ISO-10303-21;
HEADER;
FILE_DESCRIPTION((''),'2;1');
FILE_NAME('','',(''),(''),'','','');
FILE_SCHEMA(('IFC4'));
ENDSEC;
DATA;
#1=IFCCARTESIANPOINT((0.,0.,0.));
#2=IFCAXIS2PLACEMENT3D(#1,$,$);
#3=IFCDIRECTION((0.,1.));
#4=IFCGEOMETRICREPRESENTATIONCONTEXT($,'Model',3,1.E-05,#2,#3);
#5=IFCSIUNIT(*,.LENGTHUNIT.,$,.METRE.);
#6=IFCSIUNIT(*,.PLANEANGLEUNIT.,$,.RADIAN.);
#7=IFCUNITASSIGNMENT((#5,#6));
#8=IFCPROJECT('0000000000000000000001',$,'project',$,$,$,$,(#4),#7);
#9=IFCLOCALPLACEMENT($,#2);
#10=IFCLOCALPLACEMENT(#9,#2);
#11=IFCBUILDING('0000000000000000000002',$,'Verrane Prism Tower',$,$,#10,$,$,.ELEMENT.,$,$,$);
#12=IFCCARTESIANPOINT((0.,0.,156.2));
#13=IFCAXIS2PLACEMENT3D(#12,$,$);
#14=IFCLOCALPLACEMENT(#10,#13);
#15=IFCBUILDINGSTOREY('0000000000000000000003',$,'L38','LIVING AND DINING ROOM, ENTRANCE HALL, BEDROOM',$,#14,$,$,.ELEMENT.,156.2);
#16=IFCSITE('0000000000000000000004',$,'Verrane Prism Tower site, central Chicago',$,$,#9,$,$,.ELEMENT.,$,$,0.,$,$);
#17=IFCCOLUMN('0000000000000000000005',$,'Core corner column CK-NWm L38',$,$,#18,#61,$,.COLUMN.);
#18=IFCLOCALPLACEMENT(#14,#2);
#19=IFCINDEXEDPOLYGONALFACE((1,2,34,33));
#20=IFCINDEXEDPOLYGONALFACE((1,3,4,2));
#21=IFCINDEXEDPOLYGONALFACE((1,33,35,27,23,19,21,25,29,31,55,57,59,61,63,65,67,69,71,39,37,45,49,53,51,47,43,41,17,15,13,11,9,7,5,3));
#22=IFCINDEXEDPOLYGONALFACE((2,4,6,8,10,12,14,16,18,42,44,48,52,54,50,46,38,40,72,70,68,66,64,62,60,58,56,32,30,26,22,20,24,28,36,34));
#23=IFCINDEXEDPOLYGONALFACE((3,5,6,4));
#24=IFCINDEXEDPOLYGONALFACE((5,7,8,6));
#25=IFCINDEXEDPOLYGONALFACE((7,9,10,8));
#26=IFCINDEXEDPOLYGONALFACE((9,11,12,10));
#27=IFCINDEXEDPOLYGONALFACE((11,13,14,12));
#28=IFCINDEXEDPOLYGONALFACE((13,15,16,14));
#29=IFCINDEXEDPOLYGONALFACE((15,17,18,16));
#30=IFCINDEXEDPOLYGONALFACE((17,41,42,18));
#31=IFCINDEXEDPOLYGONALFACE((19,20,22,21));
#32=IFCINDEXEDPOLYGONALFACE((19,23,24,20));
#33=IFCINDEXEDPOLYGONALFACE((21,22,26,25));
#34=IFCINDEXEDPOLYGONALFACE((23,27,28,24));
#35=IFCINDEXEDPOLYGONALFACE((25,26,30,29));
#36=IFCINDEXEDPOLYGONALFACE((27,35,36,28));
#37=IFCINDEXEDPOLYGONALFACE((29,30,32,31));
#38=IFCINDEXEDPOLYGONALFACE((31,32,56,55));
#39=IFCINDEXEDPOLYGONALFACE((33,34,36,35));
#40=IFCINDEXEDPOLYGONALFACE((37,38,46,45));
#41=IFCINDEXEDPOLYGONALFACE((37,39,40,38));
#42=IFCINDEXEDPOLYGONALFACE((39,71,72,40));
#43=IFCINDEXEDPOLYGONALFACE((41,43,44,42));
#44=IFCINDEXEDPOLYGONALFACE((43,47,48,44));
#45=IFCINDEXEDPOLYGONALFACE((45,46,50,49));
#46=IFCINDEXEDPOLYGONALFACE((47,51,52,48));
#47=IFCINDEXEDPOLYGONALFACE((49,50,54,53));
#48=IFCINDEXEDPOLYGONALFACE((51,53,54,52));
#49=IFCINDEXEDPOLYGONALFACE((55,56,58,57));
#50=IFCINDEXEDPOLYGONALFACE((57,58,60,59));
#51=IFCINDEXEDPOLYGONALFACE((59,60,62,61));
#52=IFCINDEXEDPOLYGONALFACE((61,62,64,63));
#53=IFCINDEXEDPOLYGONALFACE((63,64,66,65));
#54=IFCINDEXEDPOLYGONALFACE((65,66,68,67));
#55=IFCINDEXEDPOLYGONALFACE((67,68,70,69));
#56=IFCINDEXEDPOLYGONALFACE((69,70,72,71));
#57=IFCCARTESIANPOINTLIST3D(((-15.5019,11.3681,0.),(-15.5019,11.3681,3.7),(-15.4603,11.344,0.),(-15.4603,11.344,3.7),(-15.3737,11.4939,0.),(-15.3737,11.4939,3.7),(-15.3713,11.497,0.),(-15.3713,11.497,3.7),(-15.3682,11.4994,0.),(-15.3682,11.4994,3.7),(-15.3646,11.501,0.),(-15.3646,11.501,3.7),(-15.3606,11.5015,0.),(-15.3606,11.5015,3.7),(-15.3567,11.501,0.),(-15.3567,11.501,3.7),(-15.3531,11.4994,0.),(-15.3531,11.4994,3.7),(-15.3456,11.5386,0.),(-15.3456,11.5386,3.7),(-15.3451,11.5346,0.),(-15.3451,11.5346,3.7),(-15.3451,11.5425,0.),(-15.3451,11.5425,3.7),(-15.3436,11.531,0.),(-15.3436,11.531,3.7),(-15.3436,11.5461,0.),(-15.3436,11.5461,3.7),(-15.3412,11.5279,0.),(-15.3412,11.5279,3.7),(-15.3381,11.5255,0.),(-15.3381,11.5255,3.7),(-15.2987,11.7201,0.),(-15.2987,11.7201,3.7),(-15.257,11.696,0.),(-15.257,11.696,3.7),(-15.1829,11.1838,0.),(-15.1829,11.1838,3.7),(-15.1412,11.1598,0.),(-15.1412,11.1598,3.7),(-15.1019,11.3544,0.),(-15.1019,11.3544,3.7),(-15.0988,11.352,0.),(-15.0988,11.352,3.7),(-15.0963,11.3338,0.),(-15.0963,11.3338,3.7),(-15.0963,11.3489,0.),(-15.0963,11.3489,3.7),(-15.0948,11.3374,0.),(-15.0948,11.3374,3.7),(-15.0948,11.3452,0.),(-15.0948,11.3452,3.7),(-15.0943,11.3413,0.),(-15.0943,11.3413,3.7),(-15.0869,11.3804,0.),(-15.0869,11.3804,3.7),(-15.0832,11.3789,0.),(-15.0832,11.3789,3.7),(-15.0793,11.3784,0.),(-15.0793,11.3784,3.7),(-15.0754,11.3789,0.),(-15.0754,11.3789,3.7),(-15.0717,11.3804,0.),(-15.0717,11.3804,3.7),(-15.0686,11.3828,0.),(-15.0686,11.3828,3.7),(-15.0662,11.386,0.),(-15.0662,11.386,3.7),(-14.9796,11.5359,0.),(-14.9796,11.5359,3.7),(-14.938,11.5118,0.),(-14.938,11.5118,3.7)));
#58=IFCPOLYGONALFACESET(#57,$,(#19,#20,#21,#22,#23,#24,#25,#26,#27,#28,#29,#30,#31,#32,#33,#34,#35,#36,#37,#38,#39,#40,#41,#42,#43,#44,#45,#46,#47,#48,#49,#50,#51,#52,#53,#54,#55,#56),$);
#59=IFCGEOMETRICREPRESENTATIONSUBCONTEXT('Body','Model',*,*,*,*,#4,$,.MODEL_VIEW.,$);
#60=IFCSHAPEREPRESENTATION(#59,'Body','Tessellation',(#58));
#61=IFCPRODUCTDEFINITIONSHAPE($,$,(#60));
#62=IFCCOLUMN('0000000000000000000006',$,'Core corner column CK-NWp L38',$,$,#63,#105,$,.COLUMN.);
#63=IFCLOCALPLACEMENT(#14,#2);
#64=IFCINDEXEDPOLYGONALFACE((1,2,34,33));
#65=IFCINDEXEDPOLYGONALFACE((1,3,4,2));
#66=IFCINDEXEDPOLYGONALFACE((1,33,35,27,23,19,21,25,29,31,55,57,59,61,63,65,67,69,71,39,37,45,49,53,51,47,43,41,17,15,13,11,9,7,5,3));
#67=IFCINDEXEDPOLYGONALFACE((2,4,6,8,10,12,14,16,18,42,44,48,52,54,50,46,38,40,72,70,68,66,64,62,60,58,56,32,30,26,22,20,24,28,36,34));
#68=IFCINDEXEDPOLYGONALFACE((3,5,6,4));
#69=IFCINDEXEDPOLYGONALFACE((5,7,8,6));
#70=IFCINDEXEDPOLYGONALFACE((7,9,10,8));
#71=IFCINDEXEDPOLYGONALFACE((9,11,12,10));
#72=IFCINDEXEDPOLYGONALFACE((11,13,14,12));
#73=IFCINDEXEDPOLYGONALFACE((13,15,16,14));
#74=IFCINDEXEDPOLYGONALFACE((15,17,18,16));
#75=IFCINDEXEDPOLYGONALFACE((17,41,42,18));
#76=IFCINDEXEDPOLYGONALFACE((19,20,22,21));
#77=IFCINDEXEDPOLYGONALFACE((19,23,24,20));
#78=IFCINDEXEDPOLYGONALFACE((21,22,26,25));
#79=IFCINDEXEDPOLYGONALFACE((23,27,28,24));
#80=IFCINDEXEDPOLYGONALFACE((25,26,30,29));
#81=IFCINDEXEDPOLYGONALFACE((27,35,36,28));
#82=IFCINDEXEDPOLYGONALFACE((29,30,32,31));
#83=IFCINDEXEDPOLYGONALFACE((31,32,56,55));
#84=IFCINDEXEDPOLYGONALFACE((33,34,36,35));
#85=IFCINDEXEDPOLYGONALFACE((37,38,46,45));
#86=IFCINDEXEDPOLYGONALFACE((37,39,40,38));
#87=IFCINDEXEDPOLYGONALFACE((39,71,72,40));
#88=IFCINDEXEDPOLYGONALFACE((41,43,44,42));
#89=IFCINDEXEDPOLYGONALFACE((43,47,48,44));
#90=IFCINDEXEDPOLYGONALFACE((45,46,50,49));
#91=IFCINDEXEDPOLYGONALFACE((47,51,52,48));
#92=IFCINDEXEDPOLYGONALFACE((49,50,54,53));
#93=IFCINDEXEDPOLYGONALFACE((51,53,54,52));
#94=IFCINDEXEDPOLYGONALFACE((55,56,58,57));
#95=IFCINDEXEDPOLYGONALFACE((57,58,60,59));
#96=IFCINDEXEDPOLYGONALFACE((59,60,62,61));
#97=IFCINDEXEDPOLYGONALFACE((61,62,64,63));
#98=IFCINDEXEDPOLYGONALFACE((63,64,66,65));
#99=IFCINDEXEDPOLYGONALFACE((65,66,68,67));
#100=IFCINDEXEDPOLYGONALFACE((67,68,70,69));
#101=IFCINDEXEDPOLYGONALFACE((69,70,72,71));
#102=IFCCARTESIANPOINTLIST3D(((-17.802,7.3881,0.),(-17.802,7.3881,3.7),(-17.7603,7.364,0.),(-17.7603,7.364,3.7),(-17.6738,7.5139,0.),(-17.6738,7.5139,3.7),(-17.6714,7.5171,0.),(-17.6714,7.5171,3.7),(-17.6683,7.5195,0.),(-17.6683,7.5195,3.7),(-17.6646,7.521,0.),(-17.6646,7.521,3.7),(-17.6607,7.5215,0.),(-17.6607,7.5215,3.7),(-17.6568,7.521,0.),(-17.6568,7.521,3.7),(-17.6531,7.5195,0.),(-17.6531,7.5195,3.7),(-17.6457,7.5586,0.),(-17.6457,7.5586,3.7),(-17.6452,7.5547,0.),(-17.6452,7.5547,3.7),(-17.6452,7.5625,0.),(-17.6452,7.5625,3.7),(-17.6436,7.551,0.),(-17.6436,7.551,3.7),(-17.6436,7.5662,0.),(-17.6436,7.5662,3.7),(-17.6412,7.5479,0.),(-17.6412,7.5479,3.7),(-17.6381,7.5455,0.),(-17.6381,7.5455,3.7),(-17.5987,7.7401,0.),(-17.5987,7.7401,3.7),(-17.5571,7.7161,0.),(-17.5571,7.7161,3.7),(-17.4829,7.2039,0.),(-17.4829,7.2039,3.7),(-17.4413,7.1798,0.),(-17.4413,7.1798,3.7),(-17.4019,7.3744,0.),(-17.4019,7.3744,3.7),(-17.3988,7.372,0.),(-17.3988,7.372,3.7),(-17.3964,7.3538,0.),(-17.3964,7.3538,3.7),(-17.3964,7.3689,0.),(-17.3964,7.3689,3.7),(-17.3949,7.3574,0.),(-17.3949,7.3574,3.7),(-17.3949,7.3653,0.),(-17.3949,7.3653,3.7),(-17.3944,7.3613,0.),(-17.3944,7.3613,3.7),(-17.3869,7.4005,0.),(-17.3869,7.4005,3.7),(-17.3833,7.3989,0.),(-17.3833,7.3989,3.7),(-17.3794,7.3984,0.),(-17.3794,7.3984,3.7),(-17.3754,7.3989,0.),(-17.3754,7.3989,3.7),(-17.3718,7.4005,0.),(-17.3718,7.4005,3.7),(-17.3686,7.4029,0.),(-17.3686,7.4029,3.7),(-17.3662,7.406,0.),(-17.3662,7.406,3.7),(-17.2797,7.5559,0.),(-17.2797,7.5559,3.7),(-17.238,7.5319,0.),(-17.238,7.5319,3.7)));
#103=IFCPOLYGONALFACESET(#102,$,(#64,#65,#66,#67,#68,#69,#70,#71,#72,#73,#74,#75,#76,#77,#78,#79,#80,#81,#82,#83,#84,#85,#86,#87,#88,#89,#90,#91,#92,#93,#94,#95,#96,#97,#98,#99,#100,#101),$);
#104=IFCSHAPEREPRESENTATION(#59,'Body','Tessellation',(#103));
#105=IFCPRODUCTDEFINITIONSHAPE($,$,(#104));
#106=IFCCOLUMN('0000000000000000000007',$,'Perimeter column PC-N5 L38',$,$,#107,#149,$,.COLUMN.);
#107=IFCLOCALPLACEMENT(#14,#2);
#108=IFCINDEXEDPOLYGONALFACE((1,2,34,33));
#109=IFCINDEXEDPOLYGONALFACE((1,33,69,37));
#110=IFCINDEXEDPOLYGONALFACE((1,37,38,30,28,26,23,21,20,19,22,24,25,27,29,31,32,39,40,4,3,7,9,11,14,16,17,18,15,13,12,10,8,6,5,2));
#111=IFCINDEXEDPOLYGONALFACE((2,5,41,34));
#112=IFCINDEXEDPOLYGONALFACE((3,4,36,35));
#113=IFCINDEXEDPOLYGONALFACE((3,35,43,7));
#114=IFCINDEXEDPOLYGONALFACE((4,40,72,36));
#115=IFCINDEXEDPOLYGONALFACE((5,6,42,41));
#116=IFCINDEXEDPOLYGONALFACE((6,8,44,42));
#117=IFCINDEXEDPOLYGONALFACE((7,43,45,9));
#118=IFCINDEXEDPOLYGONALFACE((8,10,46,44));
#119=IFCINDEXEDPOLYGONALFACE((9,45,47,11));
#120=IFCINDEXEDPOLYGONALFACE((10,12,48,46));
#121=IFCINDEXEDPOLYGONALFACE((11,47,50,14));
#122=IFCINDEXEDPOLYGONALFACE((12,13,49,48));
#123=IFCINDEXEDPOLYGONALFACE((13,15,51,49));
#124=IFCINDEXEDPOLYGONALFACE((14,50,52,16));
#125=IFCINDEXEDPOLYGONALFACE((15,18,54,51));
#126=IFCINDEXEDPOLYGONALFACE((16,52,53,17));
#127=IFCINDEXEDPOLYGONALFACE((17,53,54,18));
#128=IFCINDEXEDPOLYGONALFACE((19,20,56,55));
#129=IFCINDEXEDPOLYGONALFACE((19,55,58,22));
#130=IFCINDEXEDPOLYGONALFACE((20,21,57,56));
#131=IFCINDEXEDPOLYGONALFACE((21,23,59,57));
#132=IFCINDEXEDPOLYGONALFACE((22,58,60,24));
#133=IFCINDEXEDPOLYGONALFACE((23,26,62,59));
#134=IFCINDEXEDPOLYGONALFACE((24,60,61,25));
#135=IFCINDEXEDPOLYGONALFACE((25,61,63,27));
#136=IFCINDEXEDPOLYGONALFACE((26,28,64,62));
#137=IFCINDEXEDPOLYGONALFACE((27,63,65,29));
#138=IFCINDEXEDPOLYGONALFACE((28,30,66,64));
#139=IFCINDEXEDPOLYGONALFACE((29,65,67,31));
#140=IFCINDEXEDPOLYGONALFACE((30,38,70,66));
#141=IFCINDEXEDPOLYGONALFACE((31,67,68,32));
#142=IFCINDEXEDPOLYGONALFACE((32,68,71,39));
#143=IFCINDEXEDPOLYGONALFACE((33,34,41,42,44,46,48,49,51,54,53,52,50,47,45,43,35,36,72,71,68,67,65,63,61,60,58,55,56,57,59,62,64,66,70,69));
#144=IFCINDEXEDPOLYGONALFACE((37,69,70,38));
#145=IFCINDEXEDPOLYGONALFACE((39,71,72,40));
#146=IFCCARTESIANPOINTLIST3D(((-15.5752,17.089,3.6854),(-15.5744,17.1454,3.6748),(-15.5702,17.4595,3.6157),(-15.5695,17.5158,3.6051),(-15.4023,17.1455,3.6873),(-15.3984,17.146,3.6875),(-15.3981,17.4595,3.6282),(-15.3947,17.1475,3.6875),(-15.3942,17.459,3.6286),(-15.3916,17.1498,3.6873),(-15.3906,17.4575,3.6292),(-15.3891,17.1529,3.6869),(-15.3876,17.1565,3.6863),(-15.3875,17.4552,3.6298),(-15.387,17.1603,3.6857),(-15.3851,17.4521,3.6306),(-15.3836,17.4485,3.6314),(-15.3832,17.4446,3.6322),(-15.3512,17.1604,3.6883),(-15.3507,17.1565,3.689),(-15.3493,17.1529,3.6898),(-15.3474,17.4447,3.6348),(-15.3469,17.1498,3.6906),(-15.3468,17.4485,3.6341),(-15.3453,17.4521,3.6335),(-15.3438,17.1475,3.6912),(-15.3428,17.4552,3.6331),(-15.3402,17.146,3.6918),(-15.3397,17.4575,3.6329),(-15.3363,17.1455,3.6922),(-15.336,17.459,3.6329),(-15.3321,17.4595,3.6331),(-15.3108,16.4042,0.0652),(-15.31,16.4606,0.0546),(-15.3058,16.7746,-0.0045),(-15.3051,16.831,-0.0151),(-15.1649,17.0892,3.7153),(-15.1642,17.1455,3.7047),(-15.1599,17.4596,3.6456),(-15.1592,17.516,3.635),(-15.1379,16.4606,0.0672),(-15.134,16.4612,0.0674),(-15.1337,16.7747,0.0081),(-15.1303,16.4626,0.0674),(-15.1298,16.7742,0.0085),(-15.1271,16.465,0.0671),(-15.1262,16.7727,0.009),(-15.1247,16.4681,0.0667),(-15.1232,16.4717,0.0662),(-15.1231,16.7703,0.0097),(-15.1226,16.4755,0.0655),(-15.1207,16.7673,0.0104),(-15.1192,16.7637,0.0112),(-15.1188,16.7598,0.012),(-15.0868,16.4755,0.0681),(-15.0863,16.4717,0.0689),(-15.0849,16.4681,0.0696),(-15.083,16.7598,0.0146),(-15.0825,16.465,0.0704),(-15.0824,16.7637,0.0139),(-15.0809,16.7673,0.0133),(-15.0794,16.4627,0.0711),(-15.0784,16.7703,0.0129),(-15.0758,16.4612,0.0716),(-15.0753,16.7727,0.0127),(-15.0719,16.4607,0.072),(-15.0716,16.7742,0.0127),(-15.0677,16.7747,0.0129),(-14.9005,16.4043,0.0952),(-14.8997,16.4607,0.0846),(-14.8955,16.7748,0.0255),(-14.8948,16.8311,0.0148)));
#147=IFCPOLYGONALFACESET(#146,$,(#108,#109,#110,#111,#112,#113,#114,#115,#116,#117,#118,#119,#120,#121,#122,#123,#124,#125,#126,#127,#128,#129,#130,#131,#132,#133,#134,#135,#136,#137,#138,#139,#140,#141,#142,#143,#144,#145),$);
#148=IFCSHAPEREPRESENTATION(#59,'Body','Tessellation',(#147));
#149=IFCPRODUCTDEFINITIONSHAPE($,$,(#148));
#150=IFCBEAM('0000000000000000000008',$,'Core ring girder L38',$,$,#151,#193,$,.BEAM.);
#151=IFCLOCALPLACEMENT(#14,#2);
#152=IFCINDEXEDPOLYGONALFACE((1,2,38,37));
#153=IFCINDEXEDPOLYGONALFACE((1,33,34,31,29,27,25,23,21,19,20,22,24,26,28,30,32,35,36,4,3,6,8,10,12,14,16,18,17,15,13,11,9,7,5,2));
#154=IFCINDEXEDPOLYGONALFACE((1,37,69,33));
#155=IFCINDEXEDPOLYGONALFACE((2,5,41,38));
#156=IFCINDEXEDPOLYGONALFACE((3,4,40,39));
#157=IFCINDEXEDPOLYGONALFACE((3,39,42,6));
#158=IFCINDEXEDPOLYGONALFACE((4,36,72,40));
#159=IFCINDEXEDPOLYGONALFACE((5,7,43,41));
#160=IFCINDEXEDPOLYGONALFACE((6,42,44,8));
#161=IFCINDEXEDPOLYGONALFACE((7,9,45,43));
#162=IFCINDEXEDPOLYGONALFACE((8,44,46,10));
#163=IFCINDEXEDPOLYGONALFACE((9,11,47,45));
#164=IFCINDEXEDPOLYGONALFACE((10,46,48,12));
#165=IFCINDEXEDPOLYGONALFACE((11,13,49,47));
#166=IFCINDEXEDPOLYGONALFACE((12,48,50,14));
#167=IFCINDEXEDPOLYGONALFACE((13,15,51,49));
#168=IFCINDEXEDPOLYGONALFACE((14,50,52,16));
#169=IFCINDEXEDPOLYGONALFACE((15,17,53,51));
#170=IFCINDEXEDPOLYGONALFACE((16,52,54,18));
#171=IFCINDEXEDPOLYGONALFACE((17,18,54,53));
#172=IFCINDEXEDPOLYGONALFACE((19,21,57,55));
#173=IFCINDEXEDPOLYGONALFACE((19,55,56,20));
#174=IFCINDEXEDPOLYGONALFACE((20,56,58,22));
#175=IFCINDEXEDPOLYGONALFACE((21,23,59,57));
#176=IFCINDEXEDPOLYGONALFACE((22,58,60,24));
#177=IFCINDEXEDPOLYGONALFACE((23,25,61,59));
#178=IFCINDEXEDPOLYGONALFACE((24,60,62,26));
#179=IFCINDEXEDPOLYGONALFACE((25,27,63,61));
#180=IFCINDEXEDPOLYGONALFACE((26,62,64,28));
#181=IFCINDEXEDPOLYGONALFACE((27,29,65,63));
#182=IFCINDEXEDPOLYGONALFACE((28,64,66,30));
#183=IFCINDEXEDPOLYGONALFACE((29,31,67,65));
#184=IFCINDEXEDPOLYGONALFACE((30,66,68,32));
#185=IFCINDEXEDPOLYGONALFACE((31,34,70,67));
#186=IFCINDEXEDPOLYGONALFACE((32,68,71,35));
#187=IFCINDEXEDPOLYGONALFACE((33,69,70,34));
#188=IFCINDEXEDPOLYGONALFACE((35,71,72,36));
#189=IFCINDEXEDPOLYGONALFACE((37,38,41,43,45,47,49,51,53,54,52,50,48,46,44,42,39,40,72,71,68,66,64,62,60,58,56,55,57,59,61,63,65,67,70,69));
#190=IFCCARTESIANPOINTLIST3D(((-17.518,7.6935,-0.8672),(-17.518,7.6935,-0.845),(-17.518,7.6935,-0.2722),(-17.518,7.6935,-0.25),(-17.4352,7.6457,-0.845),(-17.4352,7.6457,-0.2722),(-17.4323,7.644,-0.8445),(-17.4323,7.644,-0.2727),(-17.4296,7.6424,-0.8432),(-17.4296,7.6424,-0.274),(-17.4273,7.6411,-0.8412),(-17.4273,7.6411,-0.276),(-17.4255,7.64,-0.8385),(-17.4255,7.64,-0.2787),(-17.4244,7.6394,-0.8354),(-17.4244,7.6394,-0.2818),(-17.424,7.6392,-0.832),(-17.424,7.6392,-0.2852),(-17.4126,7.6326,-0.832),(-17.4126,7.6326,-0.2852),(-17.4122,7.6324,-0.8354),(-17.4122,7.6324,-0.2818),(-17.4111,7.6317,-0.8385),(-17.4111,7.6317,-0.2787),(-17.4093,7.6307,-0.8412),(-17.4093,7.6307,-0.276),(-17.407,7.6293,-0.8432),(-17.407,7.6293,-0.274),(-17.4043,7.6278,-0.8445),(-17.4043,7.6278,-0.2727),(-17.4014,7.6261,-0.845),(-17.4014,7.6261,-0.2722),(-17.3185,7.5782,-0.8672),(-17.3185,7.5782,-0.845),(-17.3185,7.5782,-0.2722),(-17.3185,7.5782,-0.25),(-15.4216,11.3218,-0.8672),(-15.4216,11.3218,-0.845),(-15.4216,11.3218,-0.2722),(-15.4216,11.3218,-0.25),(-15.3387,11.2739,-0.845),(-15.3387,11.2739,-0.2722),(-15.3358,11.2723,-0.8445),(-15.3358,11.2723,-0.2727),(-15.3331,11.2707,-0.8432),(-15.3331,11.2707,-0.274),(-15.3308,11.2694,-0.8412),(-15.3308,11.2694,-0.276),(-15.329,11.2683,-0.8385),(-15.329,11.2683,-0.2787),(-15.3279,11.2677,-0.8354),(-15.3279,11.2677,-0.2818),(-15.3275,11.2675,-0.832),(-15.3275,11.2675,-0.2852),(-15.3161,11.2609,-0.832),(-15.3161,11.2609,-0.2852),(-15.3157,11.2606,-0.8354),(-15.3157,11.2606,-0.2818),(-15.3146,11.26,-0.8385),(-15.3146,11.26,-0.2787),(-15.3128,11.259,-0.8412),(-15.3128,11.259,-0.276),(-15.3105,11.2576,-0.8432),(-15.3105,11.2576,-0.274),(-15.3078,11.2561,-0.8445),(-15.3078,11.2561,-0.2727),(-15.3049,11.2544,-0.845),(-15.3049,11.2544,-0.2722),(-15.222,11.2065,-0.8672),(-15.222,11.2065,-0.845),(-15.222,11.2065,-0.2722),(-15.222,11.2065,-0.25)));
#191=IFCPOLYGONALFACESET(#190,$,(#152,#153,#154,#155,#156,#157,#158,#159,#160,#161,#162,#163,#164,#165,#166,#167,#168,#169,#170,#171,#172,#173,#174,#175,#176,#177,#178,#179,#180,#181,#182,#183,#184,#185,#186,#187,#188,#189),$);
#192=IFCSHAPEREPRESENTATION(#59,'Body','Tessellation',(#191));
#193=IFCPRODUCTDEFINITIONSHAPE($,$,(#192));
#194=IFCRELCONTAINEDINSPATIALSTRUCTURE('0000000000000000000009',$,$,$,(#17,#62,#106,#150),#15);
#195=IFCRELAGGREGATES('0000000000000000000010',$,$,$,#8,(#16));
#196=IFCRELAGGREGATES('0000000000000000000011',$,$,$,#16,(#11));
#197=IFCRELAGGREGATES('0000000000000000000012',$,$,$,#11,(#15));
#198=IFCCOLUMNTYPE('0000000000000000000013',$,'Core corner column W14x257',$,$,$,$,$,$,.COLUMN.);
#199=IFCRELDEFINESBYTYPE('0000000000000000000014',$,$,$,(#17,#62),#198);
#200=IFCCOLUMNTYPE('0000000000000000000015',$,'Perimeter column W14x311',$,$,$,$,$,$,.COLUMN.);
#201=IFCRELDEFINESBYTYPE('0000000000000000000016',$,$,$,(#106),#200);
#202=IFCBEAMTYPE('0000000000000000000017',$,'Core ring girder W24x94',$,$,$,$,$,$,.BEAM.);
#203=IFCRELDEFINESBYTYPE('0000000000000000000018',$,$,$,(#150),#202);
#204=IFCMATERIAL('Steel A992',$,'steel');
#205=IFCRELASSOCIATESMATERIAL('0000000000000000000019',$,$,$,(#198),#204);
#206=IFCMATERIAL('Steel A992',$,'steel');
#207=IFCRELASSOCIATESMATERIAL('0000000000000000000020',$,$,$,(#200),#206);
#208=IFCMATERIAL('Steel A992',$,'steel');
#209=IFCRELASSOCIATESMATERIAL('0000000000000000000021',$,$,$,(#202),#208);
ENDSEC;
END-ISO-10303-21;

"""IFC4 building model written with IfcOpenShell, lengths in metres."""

from ifc_helpers import new_model, si_unit, direction, frame, origin, origin_2d, place, context, subcontext, project, spatial, i_section, extrude, material, material_profile, profile_set, type_object, element, save


model = new_model("IFC4")

# Units and contexts
model_context = context("Model", 3, precision=1e-05, world=origin(), true_north=direction((0.0, 1.0)))
body_context = subcontext(model_context, "Body", "Model", "MODEL_VIEW")
ifc_project = project(units=[si_unit("LENGTHUNIT", "METRE"), si_unit("PLANEANGLEUNIT", "RADIAN")], contexts=[model_context])

# Site, building, storey
site_placement = place(None, origin())
site = spatial("IfcSite", under=ifc_project, at=site_placement, Name="Verrane Prism Tower site, central Chicago", CompositionType="ELEMENT", RefElevation=0.0)
building_placement = place(site_placement, origin())
building = spatial("IfcBuilding", under=site, at=building_placement, Name="Verrane Prism Tower", CompositionType="ELEMENT")
storey_placement = place(building_placement, frame((0.0, 0.0, 156.2)))
storey = spatial("IfcBuildingStorey", under=building, at=storey_placement, Name="L38", Description="LIVING AND DINING ROOM, ENTRANCE HALL, BEDROOM", CompositionType="ELEMENT", Elevation=156.2)

# Columns
ifc_material_1 = material(Name="Steel A992", Category="steel")
ifc_material_profile_1 = material_profile(ifc_material_1, i_section(OverallWidth=0.4065, OverallDepth=0.4165, WebThickness=0.03, FlangeThickness=0.0481, FilletRadius=0.0151, at=origin_2d()), Name="W14x257")
ifc_profile_set_1 = profile_set([ifc_material_profile_1], Name="Steel A992")
column_type_1 = type_object("IfcColumnType", Name="Core corner column W14x257", PredefinedType="COLUMN", material=ifc_profile_set_1)
for number, where, z_axis, x_axis, name in (
    (1, (-15.22, 11.4399, 0.0), (0.0, 0.0, 1.0), (0.5, 0.866025, 0.0), "Core corner column CK-NWm L38"),
    (2, (-17.52, 7.46, 0.0), (0.0, 0.0, 1.0), (0.5, 0.866025, 0.0), "Core corner column CK-NWp L38"),
):
    element("IfcColumn", number, at=place(storey_placement, frame(where, z_axis=z_axis, x_axis=x_axis)), inside=storey, type_object=column_type_1, Name=name, PredefinedType="COLUMN", context=body_context, shape_type="SweptSolid", body=[
        extrude(i_section(OverallWidth=0.4065, OverallDepth=0.4165, WebThickness=0.03, FlangeThickness=0.0481, FilletRadius=0.0151, at=origin_2d()), origin(), (0.0, 0.0, 1.0), 3.7),
    ])
ifc_material_2 = material(Name="Steel A992", Category="steel")
ifc_material_profile_2 = material_profile(ifc_material_2, i_section(OverallWidth=0.4114, OverallDepth=0.4343, WebThickness=0.0359, FlangeThickness=0.0574, FilletRadius=0.0151, at=origin_2d()), Name="W14x311")
ifc_profile_set_2 = profile_set([ifc_material_profile_2], Name="Steel A992")
column_type_2 = type_object("IfcColumnType", Name="Perimeter column W14x311", PredefinedType="COLUMN", material=ifc_profile_set_2)
column_placement = place(storey_placement, frame((-15.1028, 16.6177, 0.04), z_axis=(-0.071581, 0.185396, 0.980053), x_axis=(0.997348, 0.000332, 0.072781)))
element("IfcColumn", 3, at=column_placement, inside=storey, type_object=column_type_2, Name="Perimeter column PC-N5 L38", PredefinedType="COLUMN", context=body_context, shape_type="SweptSolid", body=[
    extrude(i_section(OverallWidth=0.4114, OverallDepth=0.4343, WebThickness=0.0359, FlangeThickness=0.0574, FilletRadius=0.0151, at=origin_2d()), origin(), (0.0, 0.0, 1.0), 3.6938),
])

# Beam
ifc_material_3 = material(Name="Steel A992", Category="steel")
ifc_material_profile_3 = material_profile(ifc_material_3, i_section(OverallWidth=0.2305, OverallDepth=0.6172, WebThickness=0.0132, FlangeThickness=0.0222, FilletRadius=0.0129, at=origin_2d()), Name="W24x94")
ifc_profile_set_3 = profile_set([ifc_material_profile_3], Name="Steel A992")
beam_type_1 = type_object("IfcBeamType", Name="Core ring girder W24x94", PredefinedType="BEAM", material=ifc_profile_set_3)
beam_1_placement = place(storey_placement, frame((-15.3218, 11.2642, -0.5586), z_axis=(-0.500306, -0.865849, 0.0), x_axis=(0.865849, -0.500306, 0.0)))
element("IfcBeam", 4, at=beam_1_placement, inside=storey, type_object=beam_type_1, Name="Core ring girder L38", PredefinedType="BEAM", context=body_context, shape_type="SweptSolid", body=[
    extrude(i_section(OverallWidth=0.2305, OverallDepth=0.6172, WebThickness=0.0132, FlangeThickness=0.0222, FilletRadius=0.0129, at=origin_2d()), origin(), (0.0, 0.0, 1.0), 4.1904),
])

save(model, "model.ifc")
